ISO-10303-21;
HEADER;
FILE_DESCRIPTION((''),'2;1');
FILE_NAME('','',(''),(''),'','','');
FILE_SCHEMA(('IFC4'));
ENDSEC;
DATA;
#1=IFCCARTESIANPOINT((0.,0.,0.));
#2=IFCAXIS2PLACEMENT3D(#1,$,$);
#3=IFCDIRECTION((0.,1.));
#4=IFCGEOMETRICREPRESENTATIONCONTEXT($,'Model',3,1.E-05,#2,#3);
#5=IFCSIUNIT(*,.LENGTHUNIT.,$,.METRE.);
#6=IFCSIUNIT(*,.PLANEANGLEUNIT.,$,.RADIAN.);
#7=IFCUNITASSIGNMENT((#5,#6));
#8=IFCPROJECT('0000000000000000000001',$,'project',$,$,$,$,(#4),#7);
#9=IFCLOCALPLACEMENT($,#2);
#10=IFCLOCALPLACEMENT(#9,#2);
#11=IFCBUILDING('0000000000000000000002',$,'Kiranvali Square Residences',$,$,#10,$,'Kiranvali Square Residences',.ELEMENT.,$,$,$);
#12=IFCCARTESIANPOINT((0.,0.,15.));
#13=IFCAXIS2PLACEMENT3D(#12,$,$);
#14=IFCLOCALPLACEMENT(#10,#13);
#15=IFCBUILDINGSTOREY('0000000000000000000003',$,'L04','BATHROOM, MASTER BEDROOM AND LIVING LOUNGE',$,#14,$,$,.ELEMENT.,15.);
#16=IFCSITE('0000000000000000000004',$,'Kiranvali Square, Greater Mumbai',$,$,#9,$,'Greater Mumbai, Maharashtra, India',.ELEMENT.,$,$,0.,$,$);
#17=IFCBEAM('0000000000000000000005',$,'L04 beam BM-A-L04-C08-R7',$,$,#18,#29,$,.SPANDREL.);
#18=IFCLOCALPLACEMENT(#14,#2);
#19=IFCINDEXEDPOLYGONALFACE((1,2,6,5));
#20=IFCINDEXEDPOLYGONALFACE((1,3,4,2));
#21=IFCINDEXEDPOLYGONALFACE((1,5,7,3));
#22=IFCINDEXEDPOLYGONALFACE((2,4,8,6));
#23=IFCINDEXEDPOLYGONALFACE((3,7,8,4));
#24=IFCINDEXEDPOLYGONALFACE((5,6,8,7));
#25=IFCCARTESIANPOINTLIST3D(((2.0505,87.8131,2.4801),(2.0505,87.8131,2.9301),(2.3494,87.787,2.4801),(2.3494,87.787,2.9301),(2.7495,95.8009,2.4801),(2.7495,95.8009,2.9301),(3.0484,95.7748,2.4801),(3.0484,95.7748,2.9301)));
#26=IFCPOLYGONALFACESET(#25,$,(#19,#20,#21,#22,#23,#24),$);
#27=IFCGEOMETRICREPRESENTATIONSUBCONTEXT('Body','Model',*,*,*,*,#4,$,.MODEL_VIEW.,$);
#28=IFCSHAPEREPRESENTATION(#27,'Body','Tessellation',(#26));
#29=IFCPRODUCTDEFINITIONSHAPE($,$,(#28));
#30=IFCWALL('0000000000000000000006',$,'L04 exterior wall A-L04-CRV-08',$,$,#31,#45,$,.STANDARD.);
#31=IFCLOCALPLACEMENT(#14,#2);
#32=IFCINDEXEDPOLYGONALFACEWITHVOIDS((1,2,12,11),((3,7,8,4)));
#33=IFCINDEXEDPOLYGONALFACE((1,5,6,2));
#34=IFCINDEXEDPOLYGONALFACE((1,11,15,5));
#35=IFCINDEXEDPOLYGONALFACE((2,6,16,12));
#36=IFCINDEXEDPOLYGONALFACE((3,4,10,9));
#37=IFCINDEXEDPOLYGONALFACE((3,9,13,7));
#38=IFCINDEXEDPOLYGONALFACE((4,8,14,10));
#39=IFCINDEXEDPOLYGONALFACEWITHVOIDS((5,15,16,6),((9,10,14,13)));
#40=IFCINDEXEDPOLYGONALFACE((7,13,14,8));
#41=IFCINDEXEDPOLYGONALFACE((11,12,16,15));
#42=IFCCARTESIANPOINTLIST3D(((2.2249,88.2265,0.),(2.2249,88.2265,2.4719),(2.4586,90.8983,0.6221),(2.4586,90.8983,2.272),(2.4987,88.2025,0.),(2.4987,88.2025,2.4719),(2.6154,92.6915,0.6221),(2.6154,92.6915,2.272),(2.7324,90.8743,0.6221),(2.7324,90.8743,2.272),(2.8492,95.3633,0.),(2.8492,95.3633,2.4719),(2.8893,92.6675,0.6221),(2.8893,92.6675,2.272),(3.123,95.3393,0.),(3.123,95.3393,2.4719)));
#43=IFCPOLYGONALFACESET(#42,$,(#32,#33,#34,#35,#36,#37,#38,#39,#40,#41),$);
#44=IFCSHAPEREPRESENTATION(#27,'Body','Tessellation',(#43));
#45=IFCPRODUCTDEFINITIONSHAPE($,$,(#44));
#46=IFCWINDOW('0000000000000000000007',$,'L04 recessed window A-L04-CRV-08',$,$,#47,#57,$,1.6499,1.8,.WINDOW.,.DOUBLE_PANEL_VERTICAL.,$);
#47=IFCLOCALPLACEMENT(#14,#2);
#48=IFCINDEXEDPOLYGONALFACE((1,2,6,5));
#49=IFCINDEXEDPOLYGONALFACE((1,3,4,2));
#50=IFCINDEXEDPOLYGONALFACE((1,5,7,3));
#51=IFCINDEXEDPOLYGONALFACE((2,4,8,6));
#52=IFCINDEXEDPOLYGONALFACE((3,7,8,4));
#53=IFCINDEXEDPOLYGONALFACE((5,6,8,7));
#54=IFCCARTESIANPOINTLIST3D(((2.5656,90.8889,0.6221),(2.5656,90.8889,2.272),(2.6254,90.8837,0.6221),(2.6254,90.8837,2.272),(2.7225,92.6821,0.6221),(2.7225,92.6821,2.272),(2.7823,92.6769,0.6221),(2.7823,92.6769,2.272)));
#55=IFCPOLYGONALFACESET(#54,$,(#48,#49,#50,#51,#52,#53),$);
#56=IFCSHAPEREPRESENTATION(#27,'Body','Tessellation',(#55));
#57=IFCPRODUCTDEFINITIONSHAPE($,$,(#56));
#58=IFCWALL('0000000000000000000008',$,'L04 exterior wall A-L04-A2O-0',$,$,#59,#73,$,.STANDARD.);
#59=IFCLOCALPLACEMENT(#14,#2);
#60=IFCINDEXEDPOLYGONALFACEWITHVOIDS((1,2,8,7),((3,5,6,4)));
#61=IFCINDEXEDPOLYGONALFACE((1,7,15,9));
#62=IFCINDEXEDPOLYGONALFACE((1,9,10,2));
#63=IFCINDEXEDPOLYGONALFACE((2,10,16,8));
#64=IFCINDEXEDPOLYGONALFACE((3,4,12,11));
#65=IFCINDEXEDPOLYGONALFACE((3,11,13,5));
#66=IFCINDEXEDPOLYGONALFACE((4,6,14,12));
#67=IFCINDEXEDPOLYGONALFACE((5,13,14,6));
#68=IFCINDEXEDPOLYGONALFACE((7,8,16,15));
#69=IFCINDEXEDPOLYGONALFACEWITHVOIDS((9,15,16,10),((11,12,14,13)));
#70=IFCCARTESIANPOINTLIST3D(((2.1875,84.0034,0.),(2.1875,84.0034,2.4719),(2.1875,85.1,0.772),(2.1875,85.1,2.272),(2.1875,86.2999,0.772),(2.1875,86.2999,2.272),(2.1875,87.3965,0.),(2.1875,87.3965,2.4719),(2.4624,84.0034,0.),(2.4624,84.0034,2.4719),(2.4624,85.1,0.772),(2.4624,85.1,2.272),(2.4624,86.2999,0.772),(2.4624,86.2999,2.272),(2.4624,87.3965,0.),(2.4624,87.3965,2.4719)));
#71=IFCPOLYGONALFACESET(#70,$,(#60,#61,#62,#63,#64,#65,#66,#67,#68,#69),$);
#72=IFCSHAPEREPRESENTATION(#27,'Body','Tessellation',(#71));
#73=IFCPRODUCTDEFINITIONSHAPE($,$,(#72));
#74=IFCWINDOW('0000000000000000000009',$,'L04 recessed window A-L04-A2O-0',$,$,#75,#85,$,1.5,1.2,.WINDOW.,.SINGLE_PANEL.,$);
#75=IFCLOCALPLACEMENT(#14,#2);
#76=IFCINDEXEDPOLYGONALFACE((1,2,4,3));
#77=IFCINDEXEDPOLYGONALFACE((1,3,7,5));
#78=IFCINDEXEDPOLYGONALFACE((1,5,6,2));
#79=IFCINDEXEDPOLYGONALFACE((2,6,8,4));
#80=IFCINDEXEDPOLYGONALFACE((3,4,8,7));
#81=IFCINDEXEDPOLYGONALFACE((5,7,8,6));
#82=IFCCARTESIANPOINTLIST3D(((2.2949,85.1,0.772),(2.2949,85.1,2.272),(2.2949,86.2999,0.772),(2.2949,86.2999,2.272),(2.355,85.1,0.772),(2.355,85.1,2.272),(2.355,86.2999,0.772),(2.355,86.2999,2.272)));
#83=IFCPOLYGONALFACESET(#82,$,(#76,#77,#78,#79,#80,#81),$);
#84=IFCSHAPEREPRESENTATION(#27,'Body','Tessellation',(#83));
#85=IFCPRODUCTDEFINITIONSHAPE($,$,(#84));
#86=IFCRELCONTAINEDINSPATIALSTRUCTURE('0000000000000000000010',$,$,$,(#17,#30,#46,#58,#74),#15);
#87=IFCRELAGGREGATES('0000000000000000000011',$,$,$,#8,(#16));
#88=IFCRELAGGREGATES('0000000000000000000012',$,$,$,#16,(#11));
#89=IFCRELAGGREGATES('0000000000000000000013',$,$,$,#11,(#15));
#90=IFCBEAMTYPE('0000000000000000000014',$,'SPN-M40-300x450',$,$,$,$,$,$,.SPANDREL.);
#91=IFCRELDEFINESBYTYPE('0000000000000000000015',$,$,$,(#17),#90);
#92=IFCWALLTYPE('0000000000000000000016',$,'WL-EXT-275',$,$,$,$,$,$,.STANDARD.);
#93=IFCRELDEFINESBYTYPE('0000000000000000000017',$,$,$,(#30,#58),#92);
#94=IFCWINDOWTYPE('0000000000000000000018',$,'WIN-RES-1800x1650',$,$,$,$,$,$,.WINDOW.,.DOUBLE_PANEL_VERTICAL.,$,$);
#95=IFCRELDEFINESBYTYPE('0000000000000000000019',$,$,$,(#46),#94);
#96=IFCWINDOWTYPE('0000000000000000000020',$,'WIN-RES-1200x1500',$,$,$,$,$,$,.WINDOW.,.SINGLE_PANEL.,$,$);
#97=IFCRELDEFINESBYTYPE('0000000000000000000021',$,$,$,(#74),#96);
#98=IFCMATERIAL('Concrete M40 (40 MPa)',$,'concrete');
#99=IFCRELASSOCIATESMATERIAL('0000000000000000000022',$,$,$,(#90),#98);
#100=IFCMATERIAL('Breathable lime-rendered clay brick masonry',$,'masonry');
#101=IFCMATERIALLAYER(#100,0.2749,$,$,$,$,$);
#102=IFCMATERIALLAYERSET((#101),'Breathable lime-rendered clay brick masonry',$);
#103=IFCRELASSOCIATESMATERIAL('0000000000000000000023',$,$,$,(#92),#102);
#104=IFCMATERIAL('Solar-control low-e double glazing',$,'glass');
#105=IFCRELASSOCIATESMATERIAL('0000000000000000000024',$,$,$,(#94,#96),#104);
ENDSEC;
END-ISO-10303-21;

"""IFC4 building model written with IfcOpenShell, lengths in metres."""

from ifc_helpers import new_model, si_unit, direction, frame, frame_2d, origin, origin_2d, place, context, subcontext, project, spatial, rectangle, extrude, material, layer, layer_set, material_profile, profile_set, type_object, element, fill, save


model = new_model("IFC4")

# Units and contexts
model_context = context("Model", 3, precision=1e-05, world=origin(), true_north=direction((0.0, 1.0)))
body_context = subcontext(model_context, "Body", "Model", "MODEL_VIEW")
ifc_project = project(units=[si_unit("LENGTHUNIT", "METRE"), si_unit("PLANEANGLEUNIT", "RADIAN")], contexts=[model_context])

# Site, building, storey
site_placement = place(None, origin())
site = spatial("IfcSite", under=ifc_project, at=site_placement, Name="Kiranvali Square, Greater Mumbai", LongName="Greater Mumbai, Maharashtra, India", CompositionType="ELEMENT", RefElevation=0.0)
building_placement = place(site_placement, origin())
building = spatial("IfcBuilding", under=site, at=building_placement, Name="Kiranvali Square Residences", LongName="Kiranvali Square Residences", CompositionType="ELEMENT")
storey_placement = place(building_placement, frame((0.0, 0.0, 15.0)))
storey = spatial("IfcBuildingStorey", under=building, at=storey_placement, Name="L04", Description="BATHROOM, MASTER BEDROOM AND LIVING LOUNGE", CompositionType="ELEMENT", Elevation=15.0)

# Beam
ifc_material_1 = material(Name="Concrete M40 (40 MPa)", Category="concrete")
ifc_material_profile_1 = material_profile(ifc_material_1, rectangle(XDim=0.3, YDim=0.45, at=origin_2d()), Name="RC 300x450")
ifc_profile_set_1 = profile_set([ifc_material_profile_1], Name="Concrete M40 (40 MPa)")
beam_type_1 = type_object("IfcBeamType", Name="SPN-M40-300x450", PredefinedType="SPANDREL", material=ifc_profile_set_1)
beam_1_placement = place(storey_placement, frame((2.8989, 95.7878, 2.7051), z_axis=(-0.087172, -0.996193, 0.0), x_axis=(0.996193, -0.087172, 0.0)))
element("IfcBeam", 1, at=beam_1_placement, inside=storey, type_object=beam_type_1, Name="L04 beam BM-A-L04-C08-R7", PredefinedType="SPANDREL", context=body_context, shape_type="SweptSolid", body=[
    extrude(rectangle(XDim=0.3, YDim=0.45, at=origin_2d()), origin(), (0.0, 0.0, 1.0), 8.0183),
])

# Walls, openings, windows
ifc_material_2 = material(Name="Breathable lime-rendered clay brick masonry", Category="masonry")
ifc_layer = layer(ifc_material_2, 0.2749)
ifc_layer_set = layer_set([ifc_layer], Name="Breathable lime-rendered clay brick masonry")
wall_type = type_object("IfcWallType", Name="WL-EXT-275", PredefinedType="STANDARD", material=ifc_layer_set)
wall_1_placement = place(storey_placement, frame((2.9861, 95.3513, 0.0), z_axis=(0.0, 0.0, 1.0), x_axis=(-0.08714, -0.996196, 0.0)))
wall_1 = element("IfcWall", 2, at=wall_1_placement, inside=storey, type_object=wall_type, Name="L04 exterior wall A-L04-CRV-08", PredefinedType="STANDARD", context=body_context, shape_type="SweptSolid", body=[
    extrude(rectangle(XDim=7.1641, YDim=0.2749, at=frame_2d((3.582, 0.0))), origin(), (0.0, 0.0, 1.0), 2.4719),
])
opening_1_placement = place(wall_1_placement, frame((2.6821, 0.0, 0.6221)))
opening_1 = element("IfcOpeningElement", 3, at=opening_1_placement, cuts=wall_1, PredefinedType="OPENING", context=body_context, shape_type="SweptSolid", body=[
    extrude(rectangle(XDim=1.8, YDim=1.6499, at=frame_2d((0.8999, 0.825))), frame((0.0, 0.1475, 0.0), z_axis=(0.0, -1.0, 0.0), x_axis=(1.0, 0.0, 0.0)), (0.0, 0.0, 1.0), 0.2949),
])
ifc_material_3 = material(Name="Solar-control low-e double glazing", Category="glass")
window_type_1 = type_object("IfcWindowType", Name="WIN-RES-1800x1650", PartitioningType="DOUBLE_PANEL_VERTICAL", PredefinedType="WINDOW", material=ifc_material_3)
window_1_placement = place(opening_1_placement, origin())
window_1 = element("IfcWindow", 4, at=window_1_placement, inside=storey, type_object=window_type_1, Name="L04 recessed window A-L04-CRV-08", OverallHeight=1.6499, OverallWidth=1.8, PartitioningType="DOUBLE_PANEL_VERTICAL", PredefinedType="WINDOW", context=body_context, shape_type="SweptSolid", body=[
    extrude(rectangle(XDim=1.8, YDim=1.6499, at=frame_2d((0.8999, 0.825))), frame((0.0, 0.03, 0.0), z_axis=(0.0, -1.0, 0.0), x_axis=(1.0, 0.0, 0.0)), (0.0, 0.0, 1.0), 0.0601),
])
fill(opening_1, window_1)
wall_2_placement = place(storey_placement, frame((2.325, 87.3965, 0.0), z_axis=(0.0, 0.0, 1.0), x_axis=(0.0, -1.0, 0.0)))
wall_2 = element("IfcWall", 5, at=wall_2_placement, inside=storey, type_object=wall_type, Name="L04 exterior wall A-L04-A2O-0", PredefinedType="STANDARD", context=body_context, shape_type="SweptSolid", body=[
    extrude(rectangle(XDim=3.3931, YDim=0.2749, at=frame_2d((1.6965, 0.0))), origin(), (0.0, 0.0, 1.0), 2.4719),
])
opening_2_placement = place(wall_2_placement, frame((1.0964, 0.0, 0.772)))
opening_2 = element("IfcOpeningElement", 6, at=opening_2_placement, cuts=wall_2, PredefinedType="OPENING", context=body_context, shape_type="SweptSolid", body=[
    extrude(rectangle(XDim=1.2, YDim=1.5, at=frame_2d((0.6001, 0.75))), frame((0.0, 0.1475, 0.0), z_axis=(0.0, -1.0, 0.0), x_axis=(1.0, 0.0, 0.0)), (0.0, 0.0, 1.0), 0.2949),
])
window_type_2 = type_object("IfcWindowType", Name="WIN-RES-1200x1500", PartitioningType="SINGLE_PANEL", PredefinedType="WINDOW", material=ifc_material_3)
window_2_placement = place(opening_2_placement, origin())
window_2 = element("IfcWindow", 7, at=window_2_placement, inside=storey, type_object=window_type_2, Name="L04 recessed window A-L04-A2O-0", OverallHeight=1.5, OverallWidth=1.2, PartitioningType="SINGLE_PANEL", PredefinedType="WINDOW", context=body_context, shape_type="SweptSolid", body=[
    extrude(rectangle(XDim=1.2, YDim=1.5, at=frame_2d((0.6001, 0.75))), frame((0.0, 0.03, 0.0), z_axis=(0.0, -1.0, 0.0), x_axis=(1.0, 0.0, 0.0)), (0.0, 0.0, 1.0), 0.0601),
])
fill(opening_2, window_2)

save(model, "model.ifc")
